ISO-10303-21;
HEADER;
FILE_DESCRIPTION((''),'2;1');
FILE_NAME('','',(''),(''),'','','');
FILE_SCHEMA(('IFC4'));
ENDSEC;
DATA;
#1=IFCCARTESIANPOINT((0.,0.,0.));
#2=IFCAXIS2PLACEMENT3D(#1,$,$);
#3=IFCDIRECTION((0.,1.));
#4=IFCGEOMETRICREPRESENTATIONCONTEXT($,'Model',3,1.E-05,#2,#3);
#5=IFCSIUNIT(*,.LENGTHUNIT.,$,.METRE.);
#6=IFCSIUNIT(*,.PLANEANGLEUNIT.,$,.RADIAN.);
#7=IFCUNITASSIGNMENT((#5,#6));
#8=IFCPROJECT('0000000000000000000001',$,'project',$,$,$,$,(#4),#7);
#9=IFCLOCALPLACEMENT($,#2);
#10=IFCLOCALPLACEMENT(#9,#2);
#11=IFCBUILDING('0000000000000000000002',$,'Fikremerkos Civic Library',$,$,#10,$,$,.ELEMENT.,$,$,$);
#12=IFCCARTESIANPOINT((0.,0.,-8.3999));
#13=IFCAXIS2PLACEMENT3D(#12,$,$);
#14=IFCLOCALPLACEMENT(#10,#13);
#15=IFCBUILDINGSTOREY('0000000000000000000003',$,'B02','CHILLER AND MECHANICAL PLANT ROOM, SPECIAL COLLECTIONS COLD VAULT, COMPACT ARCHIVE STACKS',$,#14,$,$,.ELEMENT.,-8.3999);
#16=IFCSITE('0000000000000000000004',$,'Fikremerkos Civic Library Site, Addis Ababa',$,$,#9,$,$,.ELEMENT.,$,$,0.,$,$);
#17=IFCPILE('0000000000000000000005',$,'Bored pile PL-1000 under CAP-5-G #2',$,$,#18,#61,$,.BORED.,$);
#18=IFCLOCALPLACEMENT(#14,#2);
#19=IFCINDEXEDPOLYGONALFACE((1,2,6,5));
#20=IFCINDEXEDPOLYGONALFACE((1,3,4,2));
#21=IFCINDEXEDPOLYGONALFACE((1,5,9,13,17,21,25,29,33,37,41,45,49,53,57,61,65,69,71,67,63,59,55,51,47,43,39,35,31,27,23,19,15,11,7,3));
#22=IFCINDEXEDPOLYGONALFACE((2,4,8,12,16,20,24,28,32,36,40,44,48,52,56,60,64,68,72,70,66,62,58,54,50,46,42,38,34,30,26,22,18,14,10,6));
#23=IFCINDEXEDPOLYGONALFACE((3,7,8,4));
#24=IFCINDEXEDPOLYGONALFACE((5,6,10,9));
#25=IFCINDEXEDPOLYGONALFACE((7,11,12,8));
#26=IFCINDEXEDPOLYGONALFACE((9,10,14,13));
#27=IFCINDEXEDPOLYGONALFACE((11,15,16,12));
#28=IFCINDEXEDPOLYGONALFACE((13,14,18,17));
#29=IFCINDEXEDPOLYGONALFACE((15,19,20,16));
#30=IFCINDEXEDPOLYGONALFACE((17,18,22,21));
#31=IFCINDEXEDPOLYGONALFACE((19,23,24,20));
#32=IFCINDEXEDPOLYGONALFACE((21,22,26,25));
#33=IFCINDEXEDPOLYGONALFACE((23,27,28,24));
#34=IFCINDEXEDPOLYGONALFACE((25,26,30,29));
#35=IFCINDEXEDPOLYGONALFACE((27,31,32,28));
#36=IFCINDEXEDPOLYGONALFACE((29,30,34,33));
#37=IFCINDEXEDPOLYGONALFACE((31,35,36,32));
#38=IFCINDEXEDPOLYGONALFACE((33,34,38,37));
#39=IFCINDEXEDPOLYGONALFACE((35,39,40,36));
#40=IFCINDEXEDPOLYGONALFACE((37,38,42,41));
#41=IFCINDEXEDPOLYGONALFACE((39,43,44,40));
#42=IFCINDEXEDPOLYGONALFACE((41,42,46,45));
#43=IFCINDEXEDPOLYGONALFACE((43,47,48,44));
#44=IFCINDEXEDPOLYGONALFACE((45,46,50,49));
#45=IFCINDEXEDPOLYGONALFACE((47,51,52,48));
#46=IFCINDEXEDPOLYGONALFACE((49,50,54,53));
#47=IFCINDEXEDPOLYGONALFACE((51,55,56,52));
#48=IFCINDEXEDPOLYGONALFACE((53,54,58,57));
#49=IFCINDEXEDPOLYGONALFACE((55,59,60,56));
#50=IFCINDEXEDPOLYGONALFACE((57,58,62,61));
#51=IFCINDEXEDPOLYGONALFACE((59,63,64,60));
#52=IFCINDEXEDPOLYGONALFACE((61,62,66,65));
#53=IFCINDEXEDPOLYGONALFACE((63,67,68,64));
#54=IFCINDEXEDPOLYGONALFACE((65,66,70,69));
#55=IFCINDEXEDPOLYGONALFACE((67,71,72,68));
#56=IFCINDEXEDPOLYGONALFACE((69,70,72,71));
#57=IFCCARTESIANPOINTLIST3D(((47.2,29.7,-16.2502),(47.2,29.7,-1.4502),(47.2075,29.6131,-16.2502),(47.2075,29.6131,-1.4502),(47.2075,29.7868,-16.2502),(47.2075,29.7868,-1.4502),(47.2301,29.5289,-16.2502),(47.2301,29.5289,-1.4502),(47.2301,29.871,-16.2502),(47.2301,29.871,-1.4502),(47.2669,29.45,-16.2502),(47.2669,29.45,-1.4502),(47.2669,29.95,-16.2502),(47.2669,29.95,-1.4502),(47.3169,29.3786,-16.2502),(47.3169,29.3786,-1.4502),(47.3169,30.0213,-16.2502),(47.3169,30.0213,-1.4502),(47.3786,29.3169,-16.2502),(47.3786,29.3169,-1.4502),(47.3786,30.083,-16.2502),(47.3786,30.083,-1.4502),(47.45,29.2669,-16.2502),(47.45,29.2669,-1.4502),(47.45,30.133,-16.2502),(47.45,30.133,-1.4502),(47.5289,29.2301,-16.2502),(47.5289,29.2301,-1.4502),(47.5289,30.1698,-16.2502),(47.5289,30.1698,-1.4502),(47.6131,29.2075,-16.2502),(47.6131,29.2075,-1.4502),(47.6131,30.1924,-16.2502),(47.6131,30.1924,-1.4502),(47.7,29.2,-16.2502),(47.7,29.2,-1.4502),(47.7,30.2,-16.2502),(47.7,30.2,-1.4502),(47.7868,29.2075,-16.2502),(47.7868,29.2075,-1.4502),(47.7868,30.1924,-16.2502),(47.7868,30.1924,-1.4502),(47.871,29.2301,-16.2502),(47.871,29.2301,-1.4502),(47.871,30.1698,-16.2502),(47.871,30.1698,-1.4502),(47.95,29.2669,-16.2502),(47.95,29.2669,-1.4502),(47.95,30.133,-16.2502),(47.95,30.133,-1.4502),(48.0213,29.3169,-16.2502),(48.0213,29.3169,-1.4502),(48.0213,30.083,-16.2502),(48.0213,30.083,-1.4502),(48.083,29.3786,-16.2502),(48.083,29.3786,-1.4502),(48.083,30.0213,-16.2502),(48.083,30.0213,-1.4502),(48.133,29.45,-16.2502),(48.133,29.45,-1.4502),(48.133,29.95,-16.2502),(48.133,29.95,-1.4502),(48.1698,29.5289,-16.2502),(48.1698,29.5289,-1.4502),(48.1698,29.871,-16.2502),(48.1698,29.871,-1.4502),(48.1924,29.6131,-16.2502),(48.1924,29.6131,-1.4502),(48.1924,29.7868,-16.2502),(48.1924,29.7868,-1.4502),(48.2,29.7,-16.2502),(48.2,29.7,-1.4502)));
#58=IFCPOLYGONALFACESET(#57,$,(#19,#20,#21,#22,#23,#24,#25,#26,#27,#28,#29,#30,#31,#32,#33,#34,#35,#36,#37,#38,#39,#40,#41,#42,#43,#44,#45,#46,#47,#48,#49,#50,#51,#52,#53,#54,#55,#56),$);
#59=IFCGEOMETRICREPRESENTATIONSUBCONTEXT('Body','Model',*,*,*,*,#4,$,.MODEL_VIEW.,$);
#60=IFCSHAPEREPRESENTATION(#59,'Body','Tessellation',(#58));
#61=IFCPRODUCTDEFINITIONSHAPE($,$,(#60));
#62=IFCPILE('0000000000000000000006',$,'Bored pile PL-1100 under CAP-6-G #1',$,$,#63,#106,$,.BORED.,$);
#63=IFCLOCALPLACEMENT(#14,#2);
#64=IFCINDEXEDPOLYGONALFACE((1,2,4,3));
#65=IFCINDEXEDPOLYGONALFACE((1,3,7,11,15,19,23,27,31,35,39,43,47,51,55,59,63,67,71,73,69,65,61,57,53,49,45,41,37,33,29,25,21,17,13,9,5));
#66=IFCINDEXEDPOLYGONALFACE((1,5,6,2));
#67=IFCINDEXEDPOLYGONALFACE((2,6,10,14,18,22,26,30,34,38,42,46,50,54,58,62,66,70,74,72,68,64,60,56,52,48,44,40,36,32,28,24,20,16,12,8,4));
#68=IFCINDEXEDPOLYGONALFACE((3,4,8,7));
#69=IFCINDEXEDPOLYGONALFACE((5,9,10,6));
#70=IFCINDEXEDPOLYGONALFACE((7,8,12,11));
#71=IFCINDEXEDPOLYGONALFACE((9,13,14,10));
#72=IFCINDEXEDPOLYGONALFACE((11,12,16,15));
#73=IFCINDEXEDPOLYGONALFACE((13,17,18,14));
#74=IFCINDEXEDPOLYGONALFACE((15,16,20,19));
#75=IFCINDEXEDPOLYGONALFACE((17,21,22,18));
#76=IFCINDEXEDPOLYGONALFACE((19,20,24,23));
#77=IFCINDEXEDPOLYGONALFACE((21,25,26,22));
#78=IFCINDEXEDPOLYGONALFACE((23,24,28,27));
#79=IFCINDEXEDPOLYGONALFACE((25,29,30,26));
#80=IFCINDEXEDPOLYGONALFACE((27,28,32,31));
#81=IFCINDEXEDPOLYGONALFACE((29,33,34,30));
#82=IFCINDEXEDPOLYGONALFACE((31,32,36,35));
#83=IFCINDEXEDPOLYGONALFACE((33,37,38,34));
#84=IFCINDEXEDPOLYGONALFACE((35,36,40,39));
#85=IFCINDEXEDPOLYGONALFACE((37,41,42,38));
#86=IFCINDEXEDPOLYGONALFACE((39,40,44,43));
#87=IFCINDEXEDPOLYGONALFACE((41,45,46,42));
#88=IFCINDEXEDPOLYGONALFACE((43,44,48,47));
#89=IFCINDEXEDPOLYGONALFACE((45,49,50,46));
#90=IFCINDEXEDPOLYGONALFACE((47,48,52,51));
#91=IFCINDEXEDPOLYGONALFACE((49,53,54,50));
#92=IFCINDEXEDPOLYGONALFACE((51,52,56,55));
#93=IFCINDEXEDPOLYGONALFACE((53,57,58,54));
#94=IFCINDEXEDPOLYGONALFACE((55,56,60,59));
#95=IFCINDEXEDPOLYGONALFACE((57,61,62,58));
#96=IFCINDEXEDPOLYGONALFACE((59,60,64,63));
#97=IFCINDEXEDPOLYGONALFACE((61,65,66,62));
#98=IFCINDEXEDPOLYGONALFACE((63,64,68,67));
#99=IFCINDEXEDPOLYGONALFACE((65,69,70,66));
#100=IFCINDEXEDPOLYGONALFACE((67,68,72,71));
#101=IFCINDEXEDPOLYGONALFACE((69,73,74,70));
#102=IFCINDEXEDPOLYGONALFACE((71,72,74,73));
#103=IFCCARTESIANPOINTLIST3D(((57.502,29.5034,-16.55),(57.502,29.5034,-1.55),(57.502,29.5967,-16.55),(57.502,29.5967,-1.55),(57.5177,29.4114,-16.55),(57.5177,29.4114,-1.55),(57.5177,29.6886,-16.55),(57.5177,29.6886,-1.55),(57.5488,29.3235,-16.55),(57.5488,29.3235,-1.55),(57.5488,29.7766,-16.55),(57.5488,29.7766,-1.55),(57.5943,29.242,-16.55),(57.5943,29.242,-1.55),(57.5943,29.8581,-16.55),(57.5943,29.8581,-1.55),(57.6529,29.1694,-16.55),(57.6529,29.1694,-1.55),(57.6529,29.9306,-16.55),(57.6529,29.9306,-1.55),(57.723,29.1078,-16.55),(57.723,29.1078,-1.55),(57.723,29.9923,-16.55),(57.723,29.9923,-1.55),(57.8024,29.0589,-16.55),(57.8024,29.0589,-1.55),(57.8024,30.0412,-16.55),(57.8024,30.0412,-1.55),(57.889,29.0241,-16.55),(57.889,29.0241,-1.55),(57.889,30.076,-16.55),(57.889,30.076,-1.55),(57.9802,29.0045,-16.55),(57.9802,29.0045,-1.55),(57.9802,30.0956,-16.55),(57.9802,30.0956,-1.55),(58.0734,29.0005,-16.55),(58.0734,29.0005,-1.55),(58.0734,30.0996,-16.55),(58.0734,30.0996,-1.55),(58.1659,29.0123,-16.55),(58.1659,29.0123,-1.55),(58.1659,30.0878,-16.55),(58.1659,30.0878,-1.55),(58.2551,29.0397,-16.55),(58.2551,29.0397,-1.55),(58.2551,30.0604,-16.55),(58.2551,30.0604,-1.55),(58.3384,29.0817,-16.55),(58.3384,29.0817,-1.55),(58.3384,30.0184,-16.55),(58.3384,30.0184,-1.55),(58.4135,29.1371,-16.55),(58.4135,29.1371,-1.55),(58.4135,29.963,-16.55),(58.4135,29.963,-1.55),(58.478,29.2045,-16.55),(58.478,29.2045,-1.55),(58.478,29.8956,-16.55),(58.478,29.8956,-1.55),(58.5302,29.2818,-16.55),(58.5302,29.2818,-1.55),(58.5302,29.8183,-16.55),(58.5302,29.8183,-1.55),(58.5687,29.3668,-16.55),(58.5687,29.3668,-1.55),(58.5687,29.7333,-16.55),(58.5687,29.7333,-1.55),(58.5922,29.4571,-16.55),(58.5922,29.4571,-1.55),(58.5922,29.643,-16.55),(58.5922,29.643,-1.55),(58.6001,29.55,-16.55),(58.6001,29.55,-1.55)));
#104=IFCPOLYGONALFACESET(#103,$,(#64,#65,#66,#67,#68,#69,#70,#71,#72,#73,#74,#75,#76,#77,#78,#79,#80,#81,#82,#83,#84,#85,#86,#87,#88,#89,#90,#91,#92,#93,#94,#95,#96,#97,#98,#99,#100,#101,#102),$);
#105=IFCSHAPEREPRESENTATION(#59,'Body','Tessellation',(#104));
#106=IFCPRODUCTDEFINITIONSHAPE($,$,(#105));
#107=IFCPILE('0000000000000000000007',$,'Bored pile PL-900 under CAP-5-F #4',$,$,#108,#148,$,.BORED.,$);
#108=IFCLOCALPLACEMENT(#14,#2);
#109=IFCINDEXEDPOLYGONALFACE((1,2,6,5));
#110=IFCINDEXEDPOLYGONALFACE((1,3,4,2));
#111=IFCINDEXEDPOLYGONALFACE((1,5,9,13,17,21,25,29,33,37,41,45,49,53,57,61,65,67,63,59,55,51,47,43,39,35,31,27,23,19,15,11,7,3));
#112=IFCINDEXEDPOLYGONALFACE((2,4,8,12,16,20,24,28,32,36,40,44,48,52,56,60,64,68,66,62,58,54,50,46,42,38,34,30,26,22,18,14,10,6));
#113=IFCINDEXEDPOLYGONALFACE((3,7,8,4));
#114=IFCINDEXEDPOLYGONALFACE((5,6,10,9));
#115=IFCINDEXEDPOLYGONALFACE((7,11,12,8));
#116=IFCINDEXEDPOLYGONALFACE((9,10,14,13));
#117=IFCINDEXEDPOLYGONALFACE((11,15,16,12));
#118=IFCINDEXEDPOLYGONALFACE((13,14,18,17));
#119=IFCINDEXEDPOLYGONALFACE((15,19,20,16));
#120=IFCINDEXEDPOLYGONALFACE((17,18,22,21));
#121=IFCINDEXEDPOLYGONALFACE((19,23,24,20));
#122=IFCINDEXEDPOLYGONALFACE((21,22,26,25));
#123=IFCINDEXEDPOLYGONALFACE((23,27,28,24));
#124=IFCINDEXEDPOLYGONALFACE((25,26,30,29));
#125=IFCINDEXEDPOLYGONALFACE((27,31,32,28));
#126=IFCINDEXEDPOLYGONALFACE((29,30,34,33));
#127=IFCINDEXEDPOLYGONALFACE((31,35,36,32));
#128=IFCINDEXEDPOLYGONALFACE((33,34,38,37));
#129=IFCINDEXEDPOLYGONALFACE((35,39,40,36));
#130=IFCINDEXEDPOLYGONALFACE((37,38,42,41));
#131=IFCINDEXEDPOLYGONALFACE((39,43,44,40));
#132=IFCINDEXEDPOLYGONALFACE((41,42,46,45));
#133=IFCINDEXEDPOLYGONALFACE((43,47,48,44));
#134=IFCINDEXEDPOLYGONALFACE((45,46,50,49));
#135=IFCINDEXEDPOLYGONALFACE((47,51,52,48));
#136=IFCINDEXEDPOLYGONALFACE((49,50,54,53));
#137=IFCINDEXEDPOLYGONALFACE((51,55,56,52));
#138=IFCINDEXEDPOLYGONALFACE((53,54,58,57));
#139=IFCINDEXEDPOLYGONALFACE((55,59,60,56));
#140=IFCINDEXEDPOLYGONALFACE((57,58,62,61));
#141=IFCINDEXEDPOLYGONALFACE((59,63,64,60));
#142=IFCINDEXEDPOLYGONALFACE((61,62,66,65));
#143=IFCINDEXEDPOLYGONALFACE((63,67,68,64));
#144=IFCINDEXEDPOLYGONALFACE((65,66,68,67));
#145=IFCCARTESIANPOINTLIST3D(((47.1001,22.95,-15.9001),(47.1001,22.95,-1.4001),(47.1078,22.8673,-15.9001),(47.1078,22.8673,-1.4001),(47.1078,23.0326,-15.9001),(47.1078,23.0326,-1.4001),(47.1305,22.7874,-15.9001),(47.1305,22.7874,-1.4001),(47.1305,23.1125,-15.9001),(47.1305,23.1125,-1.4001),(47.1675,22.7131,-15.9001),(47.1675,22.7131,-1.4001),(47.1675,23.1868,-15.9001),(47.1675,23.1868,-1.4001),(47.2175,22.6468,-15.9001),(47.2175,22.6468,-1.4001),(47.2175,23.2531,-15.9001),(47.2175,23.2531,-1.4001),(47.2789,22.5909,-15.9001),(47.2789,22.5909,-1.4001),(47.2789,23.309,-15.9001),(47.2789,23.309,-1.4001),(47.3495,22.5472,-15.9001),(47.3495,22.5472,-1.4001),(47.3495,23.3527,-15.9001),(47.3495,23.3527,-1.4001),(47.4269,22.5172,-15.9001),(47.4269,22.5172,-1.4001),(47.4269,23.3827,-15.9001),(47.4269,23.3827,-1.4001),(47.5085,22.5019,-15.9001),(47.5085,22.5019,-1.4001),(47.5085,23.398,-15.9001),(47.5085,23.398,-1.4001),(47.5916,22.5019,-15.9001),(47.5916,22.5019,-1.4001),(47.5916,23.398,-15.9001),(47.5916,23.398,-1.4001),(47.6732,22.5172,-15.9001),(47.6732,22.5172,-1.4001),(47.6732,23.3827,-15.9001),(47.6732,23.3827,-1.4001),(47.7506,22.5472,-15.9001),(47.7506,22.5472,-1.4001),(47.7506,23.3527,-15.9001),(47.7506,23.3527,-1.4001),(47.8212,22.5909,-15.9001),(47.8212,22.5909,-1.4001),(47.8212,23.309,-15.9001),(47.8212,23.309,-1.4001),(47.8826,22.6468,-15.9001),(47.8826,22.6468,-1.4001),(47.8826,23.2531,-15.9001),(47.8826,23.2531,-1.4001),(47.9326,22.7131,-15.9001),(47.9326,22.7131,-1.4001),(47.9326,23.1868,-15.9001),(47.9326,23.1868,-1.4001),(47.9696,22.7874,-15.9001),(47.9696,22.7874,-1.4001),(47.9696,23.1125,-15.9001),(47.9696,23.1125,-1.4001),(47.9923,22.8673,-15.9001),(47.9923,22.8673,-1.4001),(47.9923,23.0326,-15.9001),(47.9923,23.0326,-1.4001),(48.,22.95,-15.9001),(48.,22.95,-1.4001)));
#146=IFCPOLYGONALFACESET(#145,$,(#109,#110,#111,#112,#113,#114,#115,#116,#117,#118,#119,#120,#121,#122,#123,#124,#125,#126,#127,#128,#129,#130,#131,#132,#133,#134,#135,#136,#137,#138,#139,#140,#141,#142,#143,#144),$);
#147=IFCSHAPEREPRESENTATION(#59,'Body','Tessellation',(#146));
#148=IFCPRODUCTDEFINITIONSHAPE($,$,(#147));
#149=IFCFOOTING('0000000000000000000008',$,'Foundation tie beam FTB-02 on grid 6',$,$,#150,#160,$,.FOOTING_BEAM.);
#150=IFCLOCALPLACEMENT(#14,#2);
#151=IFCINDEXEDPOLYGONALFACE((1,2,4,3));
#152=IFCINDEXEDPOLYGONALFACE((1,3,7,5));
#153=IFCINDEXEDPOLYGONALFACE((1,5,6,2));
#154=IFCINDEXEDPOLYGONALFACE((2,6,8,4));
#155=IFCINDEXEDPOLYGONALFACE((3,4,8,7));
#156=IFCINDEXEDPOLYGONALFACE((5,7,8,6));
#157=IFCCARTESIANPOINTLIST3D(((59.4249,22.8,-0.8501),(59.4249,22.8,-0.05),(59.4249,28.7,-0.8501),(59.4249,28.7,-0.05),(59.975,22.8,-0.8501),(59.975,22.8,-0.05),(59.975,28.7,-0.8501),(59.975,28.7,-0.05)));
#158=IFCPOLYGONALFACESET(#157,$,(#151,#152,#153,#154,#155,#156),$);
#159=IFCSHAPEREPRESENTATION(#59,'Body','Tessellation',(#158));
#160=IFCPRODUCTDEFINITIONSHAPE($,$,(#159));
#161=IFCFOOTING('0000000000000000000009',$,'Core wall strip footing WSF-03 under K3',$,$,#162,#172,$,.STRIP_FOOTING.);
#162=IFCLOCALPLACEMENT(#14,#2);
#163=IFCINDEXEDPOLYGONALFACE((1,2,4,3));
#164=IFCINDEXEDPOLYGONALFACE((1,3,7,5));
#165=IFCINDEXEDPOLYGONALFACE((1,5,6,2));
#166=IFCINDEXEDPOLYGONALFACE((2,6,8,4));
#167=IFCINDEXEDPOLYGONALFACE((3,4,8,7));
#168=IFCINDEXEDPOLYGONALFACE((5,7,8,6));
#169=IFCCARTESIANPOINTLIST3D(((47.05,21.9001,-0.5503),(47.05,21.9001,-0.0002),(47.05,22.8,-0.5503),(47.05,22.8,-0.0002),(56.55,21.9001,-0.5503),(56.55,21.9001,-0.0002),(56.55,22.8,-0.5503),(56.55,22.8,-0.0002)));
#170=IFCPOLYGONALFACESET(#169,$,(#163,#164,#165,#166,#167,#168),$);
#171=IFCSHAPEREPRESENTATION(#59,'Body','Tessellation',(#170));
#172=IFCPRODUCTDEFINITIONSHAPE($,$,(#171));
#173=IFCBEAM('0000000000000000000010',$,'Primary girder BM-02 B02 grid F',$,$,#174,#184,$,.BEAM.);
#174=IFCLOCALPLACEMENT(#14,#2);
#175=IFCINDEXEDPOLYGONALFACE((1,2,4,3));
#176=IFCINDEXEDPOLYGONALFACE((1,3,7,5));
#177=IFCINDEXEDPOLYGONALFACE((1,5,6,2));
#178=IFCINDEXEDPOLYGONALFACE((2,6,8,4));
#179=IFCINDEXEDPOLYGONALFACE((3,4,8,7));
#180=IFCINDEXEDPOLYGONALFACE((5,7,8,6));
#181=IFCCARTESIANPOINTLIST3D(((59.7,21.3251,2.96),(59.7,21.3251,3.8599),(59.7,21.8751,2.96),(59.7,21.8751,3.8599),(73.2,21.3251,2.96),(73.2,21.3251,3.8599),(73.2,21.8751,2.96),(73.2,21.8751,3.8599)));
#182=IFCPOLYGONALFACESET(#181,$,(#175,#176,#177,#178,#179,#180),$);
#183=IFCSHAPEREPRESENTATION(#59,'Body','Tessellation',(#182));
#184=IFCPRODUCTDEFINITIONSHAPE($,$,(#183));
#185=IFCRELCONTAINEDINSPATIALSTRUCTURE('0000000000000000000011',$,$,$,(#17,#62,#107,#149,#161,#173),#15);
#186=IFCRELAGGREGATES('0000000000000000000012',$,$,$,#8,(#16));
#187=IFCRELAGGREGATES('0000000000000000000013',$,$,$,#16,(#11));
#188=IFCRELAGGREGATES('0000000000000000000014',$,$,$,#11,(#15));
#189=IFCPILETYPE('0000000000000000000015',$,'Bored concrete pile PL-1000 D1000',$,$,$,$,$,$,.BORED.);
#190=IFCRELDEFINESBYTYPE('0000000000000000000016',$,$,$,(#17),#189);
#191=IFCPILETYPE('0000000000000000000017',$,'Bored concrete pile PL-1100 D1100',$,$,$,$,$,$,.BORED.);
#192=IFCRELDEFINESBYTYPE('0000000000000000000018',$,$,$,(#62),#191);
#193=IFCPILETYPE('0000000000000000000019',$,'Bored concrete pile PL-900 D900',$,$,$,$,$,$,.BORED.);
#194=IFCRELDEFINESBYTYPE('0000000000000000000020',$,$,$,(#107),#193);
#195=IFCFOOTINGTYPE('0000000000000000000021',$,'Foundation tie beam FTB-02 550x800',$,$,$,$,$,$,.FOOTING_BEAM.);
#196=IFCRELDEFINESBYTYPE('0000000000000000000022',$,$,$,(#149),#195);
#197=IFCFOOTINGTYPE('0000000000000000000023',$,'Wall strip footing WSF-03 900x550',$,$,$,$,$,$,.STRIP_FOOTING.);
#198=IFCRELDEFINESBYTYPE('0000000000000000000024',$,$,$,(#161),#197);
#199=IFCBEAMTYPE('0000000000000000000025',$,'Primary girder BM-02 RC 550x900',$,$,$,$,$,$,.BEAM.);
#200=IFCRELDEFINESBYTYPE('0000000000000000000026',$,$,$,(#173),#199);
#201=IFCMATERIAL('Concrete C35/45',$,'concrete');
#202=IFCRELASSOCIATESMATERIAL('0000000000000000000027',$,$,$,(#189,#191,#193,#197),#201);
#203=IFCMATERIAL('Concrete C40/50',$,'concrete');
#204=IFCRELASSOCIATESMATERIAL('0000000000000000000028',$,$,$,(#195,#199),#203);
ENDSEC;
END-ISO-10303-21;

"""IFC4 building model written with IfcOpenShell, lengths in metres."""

from ifc_helpers import new_model, si_unit, direction, frame, origin, origin_2d, place, context, subcontext, project, spatial, rectangle, circle, extrude, material, material_profile, profile_set, type_object, element, save


model = new_model("IFC4")

# Units and contexts
model_context = context("Model", 3, precision=1e-05, world=origin(), true_north=direction((0.0, 1.0)))
body_context = subcontext(model_context, "Body", "Model", "MODEL_VIEW")
ifc_project = project(units=[si_unit("LENGTHUNIT", "METRE"), si_unit("PLANEANGLEUNIT", "RADIAN")], contexts=[model_context])

# Site, building, storey
site_placement = place(None, origin())
site = spatial("IfcSite", under=ifc_project, at=site_placement, Name="Fikremerkos Civic Library Site, Addis Ababa", CompositionType="ELEMENT", RefElevation=0.0)
building_placement = place(site_placement, origin())
building = spatial("IfcBuilding", under=site, at=building_placement, Name="Fikremerkos Civic Library", CompositionType="ELEMENT")
storey_placement = place(building_placement, frame((0.0, 0.0, -8.3999)))
storey = spatial("IfcBuildingStorey", under=building, at=storey_placement, Name="B02", Description="CHILLER AND MECHANICAL PLANT ROOM, SPECIAL COLLECTIONS COLD VAULT, COMPACT ARCHIVE STACKS", CompositionType="ELEMENT", Elevation=-8.3999)

# Piles
ifc_material_1 = material(Name="Concrete C35/45", Category="concrete")
ifc_material_profile_1 = material_profile(ifc_material_1, circle(Radius=0.5, at=origin_2d()), Name="BORED PILE 1000")
ifc_profile_set_1 = profile_set([ifc_material_profile_1], Name="Concrete C35/45")
pile_type_1 = type_object("IfcPileType", Name="Bored concrete pile PL-1000 D1000", PredefinedType="BORED", material=ifc_profile_set_1)
pile_1_placement = place(storey_placement, frame((47.7, 29.7, -1.4502), z_axis=(0.0, 0.0, -1.0), x_axis=(1.0, 0.0, 0.0)))
element("IfcPile", 1, at=pile_1_placement, inside=storey, type_object=pile_type_1, Name="Bored pile PL-1000 under CAP-5-G #2", PredefinedType="BORED", context=body_context, shape_type="SweptSolid", body=[
    extrude(circle(Radius=0.5, at=origin_2d()), origin(), (0.0, 0.0, 1.0), 14.8),
])
ifc_material_profile_2 = material_profile(ifc_material_1, circle(Radius=0.55, at=origin_2d()), Name="BORED PILE 1100")
ifc_profile_set_2 = profile_set([ifc_material_profile_2], Name="Concrete C35/45")
pile_type_2 = type_object("IfcPileType", Name="Bored concrete pile PL-1100 D1100", PredefinedType="BORED", material=ifc_profile_set_2)
pile_2_placement = place(storey_placement, frame((58.05, 29.55, -1.55), z_axis=(0.0, 0.0, -1.0), x_axis=(1.0, 0.0, 0.0)))
element("IfcPile", 2, at=pile_2_placement, inside=storey, type_object=pile_type_2, Name="Bored pile PL-1100 under CAP-6-G #1", PredefinedType="BORED", context=body_context, shape_type="SweptSolid", body=[
    extrude(circle(Radius=0.55, at=origin_2d()), origin(), (0.0, 0.0, 1.0), 15.0),
])
ifc_material_profile_3 = material_profile(ifc_material_1, circle(Radius=0.45, at=origin_2d()), Name="BORED PILE 900")
ifc_profile_set_3 = profile_set([ifc_material_profile_3], Name="Concrete C35/45")
pile_type_3 = type_object("IfcPileType", Name="Bored concrete pile PL-900 D900", PredefinedType="BORED", material=ifc_profile_set_3)
pile_3_placement = place(storey_placement, frame((47.55, 22.95, -1.4001), z_axis=(0.0, 0.0, -1.0), x_axis=(1.0, 0.0, 0.0)))
element("IfcPile", 3, at=pile_3_placement, inside=storey, type_object=pile_type_3, Name="Bored pile PL-900 under CAP-5-F #4", PredefinedType="BORED", context=body_context, shape_type="SweptSolid", body=[
    extrude(circle(Radius=0.45, at=origin_2d()), origin(), (0.0, 0.0, 1.0), 14.5),
])

# Footings
ifc_material_2 = material(Name="Concrete C40/50", Category="concrete")
footing_type_1 = type_object("IfcFootingType", Name="Foundation tie beam FTB-02 550x800", PredefinedType="FOOTING_BEAM", material=ifc_material_2)
footing_1_placement = place(storey_placement, frame((59.7, 25.75, -0.8501), z_axis=(0.0, 0.0, 1.0), x_axis=(0.0, 1.0, 0.0)))
element("IfcFooting", 4, at=footing_1_placement, inside=storey, type_object=footing_type_1, Name="Foundation tie beam FTB-02 on grid 6", PredefinedType="FOOTING_BEAM", context=body_context, shape_type="SweptSolid", body=[
    extrude(rectangle(XDim=5.8999, YDim=0.55, at=origin_2d()), origin(), (0.0, 0.0, 1.0), 0.8),
])
footing_type_2 = type_object("IfcFootingType", Name="Wall strip footing WSF-03 900x550", PredefinedType="STRIP_FOOTING", material=ifc_material_1)
footing_2_placement = place(storey_placement, frame((51.8, 22.3501, -0.5503), z_axis=(0.0, 0.0, 1.0), x_axis=(1.0, 0.0, 0.0)))
element("IfcFooting", 5, at=footing_2_placement, inside=storey, type_object=footing_type_2, Name="Core wall strip footing WSF-03 under K3", PredefinedType="STRIP_FOOTING", context=body_context, shape_type="SweptSolid", body=[
    extrude(rectangle(XDim=9.5, YDim=0.8999, at=origin_2d()), origin(), (0.0, 0.0, 1.0), 0.55),
])

# Beam
ifc_material_profile_4 = material_profile(ifc_material_2, rectangle(XDim=0.55, YDim=0.8999, at=origin_2d()), Name="RC 550x900")
ifc_profile_set_4 = profile_set([ifc_material_profile_4], Name="Concrete C40/50")
beam_type_1 = type_object("IfcBeamType", Name="Primary girder BM-02 RC 550x900", PredefinedType="BEAM", material=ifc_profile_set_4)
beam_1_placement = place(storey_placement, frame((59.7, 21.6001, 3.4099), z_axis=(1.0, 0.0, 0.0), x_axis=(0.0, 1.0, 0.0)))
element("IfcBeam", 6, at=beam_1_placement, inside=storey, type_object=beam_type_1, Name="Primary girder BM-02 B02 grid F", PredefinedType="BEAM", context=body_context, shape_type="SweptSolid", body=[
    extrude(rectangle(XDim=0.55, YDim=0.8999, at=origin_2d()), origin(), (0.0, 0.0, 1.0), 13.5),
])

save(model, "model.ifc")
